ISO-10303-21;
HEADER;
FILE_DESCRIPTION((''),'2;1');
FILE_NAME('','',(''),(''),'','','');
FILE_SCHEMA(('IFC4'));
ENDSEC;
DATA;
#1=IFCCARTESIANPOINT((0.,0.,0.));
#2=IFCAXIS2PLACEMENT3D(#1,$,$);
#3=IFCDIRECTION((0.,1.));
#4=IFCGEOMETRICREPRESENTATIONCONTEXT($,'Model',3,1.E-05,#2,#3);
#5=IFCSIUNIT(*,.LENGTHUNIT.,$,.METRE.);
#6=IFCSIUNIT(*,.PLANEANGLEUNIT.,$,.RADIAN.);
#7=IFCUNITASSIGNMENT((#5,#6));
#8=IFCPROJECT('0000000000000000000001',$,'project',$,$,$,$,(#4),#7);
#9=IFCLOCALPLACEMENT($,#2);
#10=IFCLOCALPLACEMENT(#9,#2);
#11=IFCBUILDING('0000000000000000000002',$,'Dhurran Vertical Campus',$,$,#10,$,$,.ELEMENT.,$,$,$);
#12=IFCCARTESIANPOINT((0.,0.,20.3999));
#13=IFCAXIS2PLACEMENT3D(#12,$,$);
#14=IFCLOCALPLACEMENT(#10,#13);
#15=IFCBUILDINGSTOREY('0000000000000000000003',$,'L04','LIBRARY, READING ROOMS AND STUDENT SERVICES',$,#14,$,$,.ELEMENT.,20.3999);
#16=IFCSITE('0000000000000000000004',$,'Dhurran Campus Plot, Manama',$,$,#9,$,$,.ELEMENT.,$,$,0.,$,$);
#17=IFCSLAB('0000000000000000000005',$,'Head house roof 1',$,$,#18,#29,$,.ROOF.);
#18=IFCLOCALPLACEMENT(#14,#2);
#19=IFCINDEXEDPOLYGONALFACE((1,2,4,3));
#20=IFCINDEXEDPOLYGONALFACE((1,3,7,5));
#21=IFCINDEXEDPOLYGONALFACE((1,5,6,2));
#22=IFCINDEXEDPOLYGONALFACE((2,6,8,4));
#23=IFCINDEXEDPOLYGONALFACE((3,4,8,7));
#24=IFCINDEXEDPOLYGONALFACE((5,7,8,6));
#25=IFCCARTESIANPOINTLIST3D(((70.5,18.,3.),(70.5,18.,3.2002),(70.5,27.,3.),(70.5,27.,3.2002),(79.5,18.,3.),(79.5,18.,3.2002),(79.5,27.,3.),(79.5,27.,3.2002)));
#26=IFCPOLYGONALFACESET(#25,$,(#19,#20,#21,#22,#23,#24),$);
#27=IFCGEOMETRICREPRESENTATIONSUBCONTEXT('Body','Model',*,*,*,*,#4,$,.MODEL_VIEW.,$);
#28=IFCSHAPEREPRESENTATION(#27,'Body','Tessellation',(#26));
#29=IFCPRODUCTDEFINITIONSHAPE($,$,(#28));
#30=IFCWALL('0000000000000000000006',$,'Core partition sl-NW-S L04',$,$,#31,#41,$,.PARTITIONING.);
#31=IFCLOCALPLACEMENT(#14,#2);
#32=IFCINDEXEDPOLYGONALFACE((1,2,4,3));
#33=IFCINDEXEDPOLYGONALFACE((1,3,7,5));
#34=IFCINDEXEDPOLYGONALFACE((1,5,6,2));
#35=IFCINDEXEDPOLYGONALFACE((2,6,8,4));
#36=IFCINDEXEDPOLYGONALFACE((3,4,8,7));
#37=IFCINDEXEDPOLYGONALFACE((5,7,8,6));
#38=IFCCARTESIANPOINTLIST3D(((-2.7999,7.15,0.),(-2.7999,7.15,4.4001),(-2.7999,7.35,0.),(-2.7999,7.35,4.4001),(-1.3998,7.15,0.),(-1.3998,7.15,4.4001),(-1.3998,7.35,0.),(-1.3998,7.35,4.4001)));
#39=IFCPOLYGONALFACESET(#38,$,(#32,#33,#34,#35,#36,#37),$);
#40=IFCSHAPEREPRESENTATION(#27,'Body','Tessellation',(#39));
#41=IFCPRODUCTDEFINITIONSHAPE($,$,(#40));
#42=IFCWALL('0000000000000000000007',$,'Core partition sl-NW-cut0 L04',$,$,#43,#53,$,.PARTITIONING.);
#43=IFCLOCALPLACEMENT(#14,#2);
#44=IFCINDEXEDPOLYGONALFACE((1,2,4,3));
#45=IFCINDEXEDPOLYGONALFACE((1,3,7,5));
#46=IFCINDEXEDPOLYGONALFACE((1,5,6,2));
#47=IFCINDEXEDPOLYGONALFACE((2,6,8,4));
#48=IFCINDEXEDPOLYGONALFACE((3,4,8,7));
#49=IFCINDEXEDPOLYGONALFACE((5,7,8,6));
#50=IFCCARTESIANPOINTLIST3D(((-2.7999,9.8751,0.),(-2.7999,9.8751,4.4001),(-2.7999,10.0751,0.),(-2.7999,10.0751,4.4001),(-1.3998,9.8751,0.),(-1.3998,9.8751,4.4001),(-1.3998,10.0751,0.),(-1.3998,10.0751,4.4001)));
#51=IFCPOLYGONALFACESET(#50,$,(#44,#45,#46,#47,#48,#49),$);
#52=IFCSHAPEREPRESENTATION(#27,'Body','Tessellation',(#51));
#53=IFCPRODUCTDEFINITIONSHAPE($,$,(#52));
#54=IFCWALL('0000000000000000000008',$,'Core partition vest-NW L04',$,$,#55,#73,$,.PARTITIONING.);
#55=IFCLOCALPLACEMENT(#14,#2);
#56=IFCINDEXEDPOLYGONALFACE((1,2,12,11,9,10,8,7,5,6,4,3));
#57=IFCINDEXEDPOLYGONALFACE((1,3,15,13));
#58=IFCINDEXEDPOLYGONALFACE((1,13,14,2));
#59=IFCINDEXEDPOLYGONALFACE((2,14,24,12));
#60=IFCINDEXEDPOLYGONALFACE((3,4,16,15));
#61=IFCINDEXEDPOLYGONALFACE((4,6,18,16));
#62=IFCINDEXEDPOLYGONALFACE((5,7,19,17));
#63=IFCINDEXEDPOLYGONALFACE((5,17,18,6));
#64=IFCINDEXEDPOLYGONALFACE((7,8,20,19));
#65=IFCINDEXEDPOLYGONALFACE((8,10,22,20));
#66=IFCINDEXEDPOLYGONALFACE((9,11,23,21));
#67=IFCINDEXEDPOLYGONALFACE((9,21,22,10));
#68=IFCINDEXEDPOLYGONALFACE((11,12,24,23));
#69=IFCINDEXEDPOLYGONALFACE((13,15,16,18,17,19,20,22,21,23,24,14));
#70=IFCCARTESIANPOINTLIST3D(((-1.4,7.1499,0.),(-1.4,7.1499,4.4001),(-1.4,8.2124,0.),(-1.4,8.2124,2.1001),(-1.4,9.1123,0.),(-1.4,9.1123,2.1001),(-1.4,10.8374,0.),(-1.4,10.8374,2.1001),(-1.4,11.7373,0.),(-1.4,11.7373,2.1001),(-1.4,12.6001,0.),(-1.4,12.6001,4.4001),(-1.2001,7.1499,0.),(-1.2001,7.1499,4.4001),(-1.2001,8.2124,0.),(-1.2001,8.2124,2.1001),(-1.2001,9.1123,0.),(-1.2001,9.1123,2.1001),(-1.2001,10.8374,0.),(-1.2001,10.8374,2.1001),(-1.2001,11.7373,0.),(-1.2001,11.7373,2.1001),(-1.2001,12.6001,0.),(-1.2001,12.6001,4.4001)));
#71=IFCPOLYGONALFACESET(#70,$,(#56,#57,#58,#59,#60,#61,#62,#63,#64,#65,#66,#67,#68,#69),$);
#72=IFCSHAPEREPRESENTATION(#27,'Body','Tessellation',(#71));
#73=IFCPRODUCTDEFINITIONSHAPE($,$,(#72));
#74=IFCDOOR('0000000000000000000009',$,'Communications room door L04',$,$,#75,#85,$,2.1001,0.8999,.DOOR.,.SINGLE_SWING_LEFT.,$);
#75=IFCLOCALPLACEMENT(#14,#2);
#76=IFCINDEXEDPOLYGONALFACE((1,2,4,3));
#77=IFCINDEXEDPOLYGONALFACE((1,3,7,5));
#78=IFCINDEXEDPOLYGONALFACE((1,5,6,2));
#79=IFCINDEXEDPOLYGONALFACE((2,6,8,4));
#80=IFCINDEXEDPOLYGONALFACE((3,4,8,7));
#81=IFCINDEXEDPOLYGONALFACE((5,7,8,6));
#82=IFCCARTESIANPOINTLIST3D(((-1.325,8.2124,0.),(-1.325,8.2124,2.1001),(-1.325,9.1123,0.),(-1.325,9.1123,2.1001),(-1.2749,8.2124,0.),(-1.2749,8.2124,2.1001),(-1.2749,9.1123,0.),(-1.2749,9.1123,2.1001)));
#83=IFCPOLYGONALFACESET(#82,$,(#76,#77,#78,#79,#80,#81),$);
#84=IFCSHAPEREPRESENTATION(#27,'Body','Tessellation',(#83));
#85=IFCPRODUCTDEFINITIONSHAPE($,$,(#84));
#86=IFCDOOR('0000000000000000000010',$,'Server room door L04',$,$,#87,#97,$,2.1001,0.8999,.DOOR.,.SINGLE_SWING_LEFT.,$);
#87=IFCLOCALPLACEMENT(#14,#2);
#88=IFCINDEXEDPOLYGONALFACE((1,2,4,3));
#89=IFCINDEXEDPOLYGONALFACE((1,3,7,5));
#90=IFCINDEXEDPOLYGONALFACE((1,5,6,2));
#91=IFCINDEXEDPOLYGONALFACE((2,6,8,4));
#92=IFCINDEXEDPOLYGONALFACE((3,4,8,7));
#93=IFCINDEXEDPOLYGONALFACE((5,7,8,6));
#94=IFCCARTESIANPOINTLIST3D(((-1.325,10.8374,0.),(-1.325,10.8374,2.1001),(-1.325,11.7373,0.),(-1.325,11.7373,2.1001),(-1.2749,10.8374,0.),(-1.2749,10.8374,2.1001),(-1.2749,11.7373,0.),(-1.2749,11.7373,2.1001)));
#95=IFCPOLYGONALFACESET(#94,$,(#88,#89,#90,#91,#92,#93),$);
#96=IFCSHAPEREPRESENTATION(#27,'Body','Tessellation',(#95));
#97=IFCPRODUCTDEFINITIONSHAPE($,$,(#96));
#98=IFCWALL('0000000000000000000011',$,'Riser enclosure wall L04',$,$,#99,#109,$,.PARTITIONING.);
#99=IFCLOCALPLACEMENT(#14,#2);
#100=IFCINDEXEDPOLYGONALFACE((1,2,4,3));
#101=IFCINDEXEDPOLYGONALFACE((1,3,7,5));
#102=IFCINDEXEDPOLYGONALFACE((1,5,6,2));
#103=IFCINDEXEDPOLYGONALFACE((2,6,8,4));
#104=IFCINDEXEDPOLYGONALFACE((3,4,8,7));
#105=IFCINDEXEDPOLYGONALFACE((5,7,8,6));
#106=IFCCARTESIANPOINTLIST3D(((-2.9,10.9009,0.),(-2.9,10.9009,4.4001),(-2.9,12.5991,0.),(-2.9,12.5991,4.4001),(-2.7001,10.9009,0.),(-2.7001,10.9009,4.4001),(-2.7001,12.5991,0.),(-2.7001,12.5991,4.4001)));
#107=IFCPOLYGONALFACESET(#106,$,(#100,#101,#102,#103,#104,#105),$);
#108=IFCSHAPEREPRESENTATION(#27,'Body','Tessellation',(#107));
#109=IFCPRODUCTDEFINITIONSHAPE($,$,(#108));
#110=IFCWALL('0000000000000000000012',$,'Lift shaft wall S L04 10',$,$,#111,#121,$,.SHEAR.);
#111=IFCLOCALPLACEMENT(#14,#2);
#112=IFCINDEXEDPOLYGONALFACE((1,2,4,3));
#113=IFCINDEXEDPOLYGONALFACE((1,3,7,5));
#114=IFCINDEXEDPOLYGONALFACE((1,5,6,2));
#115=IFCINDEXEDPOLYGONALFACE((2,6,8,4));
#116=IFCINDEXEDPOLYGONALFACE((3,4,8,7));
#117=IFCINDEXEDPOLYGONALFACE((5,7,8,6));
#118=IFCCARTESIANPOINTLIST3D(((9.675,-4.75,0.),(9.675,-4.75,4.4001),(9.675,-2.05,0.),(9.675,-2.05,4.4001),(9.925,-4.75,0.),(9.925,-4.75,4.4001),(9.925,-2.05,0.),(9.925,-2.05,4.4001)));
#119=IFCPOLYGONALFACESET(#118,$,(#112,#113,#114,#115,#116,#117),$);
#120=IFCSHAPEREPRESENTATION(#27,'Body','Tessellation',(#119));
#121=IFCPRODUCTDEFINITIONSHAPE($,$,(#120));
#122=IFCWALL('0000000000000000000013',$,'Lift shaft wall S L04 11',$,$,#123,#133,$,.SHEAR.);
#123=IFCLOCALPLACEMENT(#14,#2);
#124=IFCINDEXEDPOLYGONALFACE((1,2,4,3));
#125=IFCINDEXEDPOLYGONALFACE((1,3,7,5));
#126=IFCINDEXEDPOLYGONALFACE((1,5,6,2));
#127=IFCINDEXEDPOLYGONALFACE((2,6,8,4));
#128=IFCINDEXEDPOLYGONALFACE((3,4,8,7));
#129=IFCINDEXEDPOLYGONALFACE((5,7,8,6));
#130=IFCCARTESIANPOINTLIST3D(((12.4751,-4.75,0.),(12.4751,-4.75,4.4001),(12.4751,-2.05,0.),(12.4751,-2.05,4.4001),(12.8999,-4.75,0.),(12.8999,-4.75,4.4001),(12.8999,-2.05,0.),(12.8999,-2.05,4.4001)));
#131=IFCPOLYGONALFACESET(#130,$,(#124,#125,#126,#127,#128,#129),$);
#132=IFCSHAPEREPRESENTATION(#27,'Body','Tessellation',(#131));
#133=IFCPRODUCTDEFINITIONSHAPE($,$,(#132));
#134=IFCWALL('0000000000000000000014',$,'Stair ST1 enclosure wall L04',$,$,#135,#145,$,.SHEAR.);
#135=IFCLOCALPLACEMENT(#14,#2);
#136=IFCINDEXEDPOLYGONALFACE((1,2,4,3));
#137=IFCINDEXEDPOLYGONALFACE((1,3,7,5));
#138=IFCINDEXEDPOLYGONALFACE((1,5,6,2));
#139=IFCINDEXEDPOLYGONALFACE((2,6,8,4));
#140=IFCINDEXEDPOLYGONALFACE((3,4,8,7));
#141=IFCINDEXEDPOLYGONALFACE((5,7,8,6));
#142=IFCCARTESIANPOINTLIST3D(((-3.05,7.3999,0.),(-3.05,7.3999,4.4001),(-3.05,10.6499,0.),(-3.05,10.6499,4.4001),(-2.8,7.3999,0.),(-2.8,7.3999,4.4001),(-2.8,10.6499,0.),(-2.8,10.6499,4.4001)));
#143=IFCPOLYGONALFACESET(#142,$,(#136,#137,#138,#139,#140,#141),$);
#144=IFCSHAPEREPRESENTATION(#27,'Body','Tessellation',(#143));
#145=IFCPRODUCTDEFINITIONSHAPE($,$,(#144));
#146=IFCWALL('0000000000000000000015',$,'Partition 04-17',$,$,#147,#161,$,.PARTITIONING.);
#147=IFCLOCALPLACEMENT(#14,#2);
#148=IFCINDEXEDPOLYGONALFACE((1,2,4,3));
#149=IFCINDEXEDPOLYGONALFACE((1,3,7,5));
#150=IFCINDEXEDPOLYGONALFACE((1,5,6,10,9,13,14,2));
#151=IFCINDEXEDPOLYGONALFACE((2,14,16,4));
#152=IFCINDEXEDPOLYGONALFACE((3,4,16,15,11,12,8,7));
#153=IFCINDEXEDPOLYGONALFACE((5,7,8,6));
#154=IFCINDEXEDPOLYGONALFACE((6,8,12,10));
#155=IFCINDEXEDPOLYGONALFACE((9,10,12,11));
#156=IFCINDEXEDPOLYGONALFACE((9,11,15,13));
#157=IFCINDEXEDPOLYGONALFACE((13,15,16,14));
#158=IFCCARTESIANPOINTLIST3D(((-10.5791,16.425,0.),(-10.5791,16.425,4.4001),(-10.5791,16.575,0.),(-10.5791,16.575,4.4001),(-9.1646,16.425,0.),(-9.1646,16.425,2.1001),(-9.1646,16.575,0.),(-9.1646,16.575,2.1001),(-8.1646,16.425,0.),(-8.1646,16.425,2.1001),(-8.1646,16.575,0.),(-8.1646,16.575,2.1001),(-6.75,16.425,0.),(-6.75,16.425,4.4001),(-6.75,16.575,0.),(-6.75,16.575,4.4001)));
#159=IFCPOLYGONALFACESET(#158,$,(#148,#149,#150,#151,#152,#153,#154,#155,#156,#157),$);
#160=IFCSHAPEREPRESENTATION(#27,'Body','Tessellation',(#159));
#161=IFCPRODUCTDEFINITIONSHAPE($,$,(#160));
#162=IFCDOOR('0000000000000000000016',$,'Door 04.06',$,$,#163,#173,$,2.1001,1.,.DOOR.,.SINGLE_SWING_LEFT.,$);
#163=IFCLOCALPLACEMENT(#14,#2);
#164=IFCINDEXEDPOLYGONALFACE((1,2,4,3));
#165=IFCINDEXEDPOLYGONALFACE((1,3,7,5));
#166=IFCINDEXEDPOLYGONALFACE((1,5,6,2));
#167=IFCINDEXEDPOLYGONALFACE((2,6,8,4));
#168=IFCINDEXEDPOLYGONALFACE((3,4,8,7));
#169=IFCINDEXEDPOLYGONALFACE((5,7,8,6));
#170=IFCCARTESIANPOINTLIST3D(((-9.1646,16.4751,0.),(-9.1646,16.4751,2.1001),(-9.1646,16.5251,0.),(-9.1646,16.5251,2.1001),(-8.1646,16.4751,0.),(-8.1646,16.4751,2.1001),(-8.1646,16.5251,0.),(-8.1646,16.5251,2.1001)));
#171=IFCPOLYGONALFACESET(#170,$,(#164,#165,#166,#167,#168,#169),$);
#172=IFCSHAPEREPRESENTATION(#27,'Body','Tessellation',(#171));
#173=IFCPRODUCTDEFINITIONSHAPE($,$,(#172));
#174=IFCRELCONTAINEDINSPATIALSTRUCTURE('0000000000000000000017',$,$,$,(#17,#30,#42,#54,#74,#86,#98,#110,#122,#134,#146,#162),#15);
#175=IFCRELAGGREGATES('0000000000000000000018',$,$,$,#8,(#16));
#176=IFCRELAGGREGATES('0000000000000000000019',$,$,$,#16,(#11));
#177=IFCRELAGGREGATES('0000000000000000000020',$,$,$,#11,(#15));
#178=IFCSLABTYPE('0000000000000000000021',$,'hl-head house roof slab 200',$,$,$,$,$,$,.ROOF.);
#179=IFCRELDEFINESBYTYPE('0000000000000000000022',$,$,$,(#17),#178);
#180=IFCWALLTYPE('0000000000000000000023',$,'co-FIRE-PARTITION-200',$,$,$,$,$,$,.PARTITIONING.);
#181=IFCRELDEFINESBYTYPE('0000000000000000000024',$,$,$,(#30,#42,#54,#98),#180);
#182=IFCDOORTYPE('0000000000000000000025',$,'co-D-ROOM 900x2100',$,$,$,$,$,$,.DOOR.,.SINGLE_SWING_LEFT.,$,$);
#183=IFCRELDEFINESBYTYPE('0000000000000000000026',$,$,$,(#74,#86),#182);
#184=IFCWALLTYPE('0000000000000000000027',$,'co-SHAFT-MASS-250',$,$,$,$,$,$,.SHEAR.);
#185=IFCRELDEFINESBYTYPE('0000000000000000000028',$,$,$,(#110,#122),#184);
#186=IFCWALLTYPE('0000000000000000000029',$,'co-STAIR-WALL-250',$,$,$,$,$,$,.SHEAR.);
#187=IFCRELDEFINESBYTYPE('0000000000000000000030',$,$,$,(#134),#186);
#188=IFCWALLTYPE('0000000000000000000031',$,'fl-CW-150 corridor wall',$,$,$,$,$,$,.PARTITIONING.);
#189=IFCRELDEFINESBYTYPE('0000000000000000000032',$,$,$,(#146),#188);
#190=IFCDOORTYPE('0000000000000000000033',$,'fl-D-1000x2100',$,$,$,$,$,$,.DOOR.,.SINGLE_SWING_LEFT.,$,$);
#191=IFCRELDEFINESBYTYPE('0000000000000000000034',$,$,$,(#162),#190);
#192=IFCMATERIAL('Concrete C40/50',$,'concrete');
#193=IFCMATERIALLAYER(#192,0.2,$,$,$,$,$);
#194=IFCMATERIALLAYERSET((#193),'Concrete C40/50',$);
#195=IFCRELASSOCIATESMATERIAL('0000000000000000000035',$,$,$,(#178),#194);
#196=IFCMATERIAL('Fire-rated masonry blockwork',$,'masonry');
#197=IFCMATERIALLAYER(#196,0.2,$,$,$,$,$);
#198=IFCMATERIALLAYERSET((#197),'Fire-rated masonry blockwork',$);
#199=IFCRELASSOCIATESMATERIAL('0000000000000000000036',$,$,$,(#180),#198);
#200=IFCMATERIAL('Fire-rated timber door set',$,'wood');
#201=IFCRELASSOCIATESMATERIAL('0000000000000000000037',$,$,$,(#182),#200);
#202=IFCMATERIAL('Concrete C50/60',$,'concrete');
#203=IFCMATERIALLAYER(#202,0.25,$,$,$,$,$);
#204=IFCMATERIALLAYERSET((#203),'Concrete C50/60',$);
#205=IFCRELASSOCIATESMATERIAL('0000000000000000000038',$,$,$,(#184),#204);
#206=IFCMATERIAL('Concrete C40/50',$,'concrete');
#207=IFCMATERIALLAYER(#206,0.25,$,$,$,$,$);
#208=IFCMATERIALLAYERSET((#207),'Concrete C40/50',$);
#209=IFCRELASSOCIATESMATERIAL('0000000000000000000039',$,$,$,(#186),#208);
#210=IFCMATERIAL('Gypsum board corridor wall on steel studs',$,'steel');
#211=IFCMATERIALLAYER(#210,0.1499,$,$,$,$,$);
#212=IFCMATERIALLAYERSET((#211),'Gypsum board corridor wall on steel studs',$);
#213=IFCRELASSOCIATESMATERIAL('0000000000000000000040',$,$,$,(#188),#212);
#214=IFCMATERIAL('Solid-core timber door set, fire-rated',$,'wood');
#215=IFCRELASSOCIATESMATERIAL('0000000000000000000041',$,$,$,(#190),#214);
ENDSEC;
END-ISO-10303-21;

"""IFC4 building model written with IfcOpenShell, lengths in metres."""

from ifc_helpers import new_model, si_unit, direction, frame, frame_2d, origin, place, context, subcontext, project, spatial, polyline, rectangle, outline, extrude, material, layer, layer_set, type_object, element, fill, save


model = new_model("IFC4")

# Units and contexts
model_context = context("Model", 3, precision=1e-05, world=origin(), true_north=direction((0.0, 1.0)))
body_context = subcontext(model_context, "Body", "Model", "MODEL_VIEW")
ifc_project = project(units=[si_unit("LENGTHUNIT", "METRE"), si_unit("PLANEANGLEUNIT", "RADIAN")], contexts=[model_context])

# Site, building, storey
site_placement = place(None, origin())
site = spatial("IfcSite", under=ifc_project, at=site_placement, Name="Dhurran Campus Plot, Manama", CompositionType="ELEMENT", RefElevation=0.0)
building_placement = place(site_placement, origin())
building = spatial("IfcBuilding", under=site, at=building_placement, Name="Dhurran Vertical Campus", CompositionType="ELEMENT")
storey_placement = place(building_placement, frame((0.0, 0.0, 20.3999)))
storey = spatial("IfcBuildingStorey", under=building, at=storey_placement, Name="L04", Description="LIBRARY, READING ROOMS AND STUDENT SERVICES", CompositionType="ELEMENT", Elevation=20.3999)

# Slab
ifc_material_1 = material(Name="Concrete C40/50", Category="concrete")
ifc_layer_1 = layer(ifc_material_1, 0.2)
ifc_layer_set_1 = layer_set([ifc_layer_1], Name="Concrete C40/50")
slab_type_1 = type_object("IfcSlabType", Name="hl-head house roof slab 200", PredefinedType="ROOF", material=ifc_layer_set_1)
slab_1_placement = place(storey_placement, frame((0.0, 0.0, 3.0)))
element("IfcSlab", 1, at=slab_1_placement, inside=storey, type_object=slab_type_1, Name="Head house roof 1", PredefinedType="ROOF", context=body_context, shape_type="SweptSolid", body=[
    extrude(outline(polyline([(79.5, 27.0), (70.5, 27.0), (70.5, 18.0), (79.5, 18.0), (79.5, 27.0)])), origin(), (0.0, 0.0, 1.0), 0.2002),
])

# Walls
ifc_material_2 = material(Name="Fire-rated masonry blockwork", Category="masonry")
ifc_layer_2 = layer(ifc_material_2, 0.2)
ifc_layer_set_2 = layer_set([ifc_layer_2], Name="Fire-rated masonry blockwork")
wall_type_1 = type_object("IfcWallType", Name="co-FIRE-PARTITION-200", PredefinedType="PARTITIONING", material=ifc_layer_set_2)
for number, where, z_axis, x_axis, name in (
    (2, (-2.8, 7.25, 0.0), (0.0, 0.0, 1.0), (1.0, 0.0, 0.0), "Core partition sl-NW-S L04"),
    (3, (-2.8, 9.9751, 0.0), (0.0, 0.0, 1.0), (1.0, 0.0, 0.0), "Core partition sl-NW-cut0 L04"),
):
    element("IfcWall", number, at=place(storey_placement, frame(where, z_axis=z_axis, x_axis=x_axis)), inside=storey, type_object=wall_type_1, Name=name, PredefinedType="PARTITIONING", context=body_context, shape_type="SweptSolid", body=[
        extrude(rectangle(XDim=1.4001, YDim=0.2, at=frame_2d((0.7002, 0.0))), origin(), (0.0, 0.0, 1.0), 4.4001),
    ])

# Wall, openings, doors
wall_1_placement = place(storey_placement, frame((-1.3, 7.1499, 0.0), z_axis=(0.0, 0.0, 1.0), x_axis=(0.0, 1.0, 0.0)))
wall_1 = element("IfcWall", 4, at=wall_1_placement, inside=storey, type_object=wall_type_1, Name="Core partition vest-NW L04", PredefinedType="PARTITIONING", context=body_context, shape_type="SweptSolid", body=[
    extrude(rectangle(XDim=5.4502, YDim=0.2, at=frame_2d((2.7251, 0.0))), origin(), (0.0, 0.0, 1.0), 4.4001),
])
opening_1_placement = place(wall_1_placement, frame((1.0625, 0.0, 0.0)))
opening_1 = element("IfcOpeningElement", 5, at=opening_1_placement, cuts=wall_1, PredefinedType="OPENING", context=body_context, shape_type="SweptSolid", body=[
    extrude(rectangle(XDim=0.8999, YDim=2.1001, at=frame_2d((0.45, 1.05))), frame((0.0, 0.1099, 0.0), z_axis=(0.0, -1.0, 0.0), x_axis=(1.0, 0.0, 0.0)), (0.0, 0.0, 1.0), 0.22),
])
opening_2_placement = place(wall_1_placement, frame((3.6875, 0.0, 0.0)))
opening_2 = element("IfcOpeningElement", 6, at=opening_2_placement, cuts=wall_1, PredefinedType="OPENING", context=body_context, shape_type="SweptSolid", body=[
    extrude(rectangle(XDim=0.8999, YDim=2.1001, at=frame_2d((0.45, 1.05))), frame((0.0, 0.1099, 0.0), z_axis=(0.0, -1.0, 0.0), x_axis=(1.0, 0.0, 0.0)), (0.0, 0.0, 1.0), 0.22),
])
ifc_material_3 = material(Name="Fire-rated timber door set", Category="wood")
door_type_1 = type_object("IfcDoorType", Name="co-D-ROOM 900x2100", OperationType="SINGLE_SWING_LEFT", PredefinedType="DOOR", material=ifc_material_3)
door_1_placement = place(opening_1_placement, origin())
door_1 = element("IfcDoor", 7, at=door_1_placement, inside=storey, type_object=door_type_1, Name="Communications room door L04", OperationType="SINGLE_SWING_LEFT", OverallHeight=2.1001, OverallWidth=0.8999, PredefinedType="DOOR", context=body_context, shape_type="SweptSolid", body=[
    extrude(rectangle(XDim=0.8999, YDim=2.1001, at=frame_2d((0.45, 1.05))), frame((0.0, 0.0249, 0.0), z_axis=(0.0, -1.0, 0.0), x_axis=(1.0, 0.0, 0.0)), (0.0, 0.0, 1.0), 0.05),
])
fill(opening_1, door_1)
door_2_placement = place(opening_2_placement, origin())
door_2 = element("IfcDoor", 8, at=door_2_placement, inside=storey, type_object=door_type_1, Name="Server room door L04", OperationType="SINGLE_SWING_LEFT", OverallHeight=2.1001, OverallWidth=0.8999, PredefinedType="DOOR", context=body_context, shape_type="SweptSolid", body=[
    extrude(rectangle(XDim=0.8999, YDim=2.1001, at=frame_2d((0.45, 1.05))), frame((0.0, 0.0249, 0.0), z_axis=(0.0, -1.0, 0.0), x_axis=(1.0, 0.0, 0.0)), (0.0, 0.0, 1.0), 0.05),
])
fill(opening_2, door_2)

# Walls
wall_2_placement = place(storey_placement, frame((-2.8, 10.9009, 0.0), z_axis=(0.0, 0.0, 1.0), x_axis=(0.0, 1.0, 0.0)))
element("IfcWall", 9, at=wall_2_placement, inside=storey, type_object=wall_type_1, Name="Riser enclosure wall L04", PredefinedType="PARTITIONING", context=body_context, shape_type="SweptSolid", body=[
    extrude(rectangle(XDim=1.6982, YDim=0.2, at=frame_2d((0.8491, 0.0))), origin(), (0.0, 0.0, 1.0), 4.4001),
])
ifc_material_4 = material(Name="Concrete C50/60", Category="concrete")
ifc_layer_3 = layer(ifc_material_4, 0.25)
ifc_layer_set_3 = layer_set([ifc_layer_3], Name="Concrete C50/60")
wall_type_2 = type_object("IfcWallType", Name="co-SHAFT-MASS-250", PredefinedType="SHEAR", material=ifc_layer_set_3)
wall_3_placement = place(storey_placement, origin())
element("IfcWall", 10, at=wall_3_placement, inside=storey, type_object=wall_type_2, Name="Lift shaft wall S L04 10", PredefinedType="SHEAR", context=body_context, shape_type="SweptSolid", body=[
    extrude(outline(polyline([(9.675, -4.75), (9.925, -4.75), (9.925, -2.05), (9.675, -2.05), (9.675, -4.75)])), origin(), (0.0, 0.0, 1.0), 4.4001),
])
wall_4_placement = place(storey_placement, origin())
element("IfcWall", 11, at=wall_4_placement, inside=storey, type_object=wall_type_2, Name="Lift shaft wall S L04 11", PredefinedType="SHEAR", context=body_context, shape_type="SweptSolid", body=[
    extrude(outline(polyline([(12.4751, -4.75), (12.8999, -4.75), (12.8999, -2.05), (12.4751, -2.05), (12.4751, -4.75)])), origin(), (0.0, 0.0, 1.0), 4.4001),
])
ifc_material_5 = material(Name="Concrete C40/50", Category="concrete")
ifc_layer_4 = layer(ifc_material_5, 0.25)
ifc_layer_set_4 = layer_set([ifc_layer_4], Name="Concrete C40/50")
wall_type_3 = type_object("IfcWallType", Name="co-STAIR-WALL-250", PredefinedType="SHEAR", material=ifc_layer_set_4)
wall_5_placement = place(storey_placement, frame((-2.925, 7.3999, 0.0), z_axis=(0.0, 0.0, 1.0), x_axis=(0.0, 1.0, 0.0)))
element("IfcWall", 12, at=wall_5_placement, inside=storey, type_object=wall_type_3, Name="Stair ST1 enclosure wall L04", PredefinedType="SHEAR", context=body_context, shape_type="SweptSolid", body=[
    extrude(rectangle(XDim=3.25, YDim=0.25, at=frame_2d((1.625, 0.0))), origin(), (0.0, 0.0, 1.0), 4.4001),
])

# Wall, opening, door
ifc_material_6 = material(Name="Gypsum board corridor wall on steel studs", Category="steel")
ifc_layer_5 = layer(ifc_material_6, 0.1499)
ifc_layer_set_5 = layer_set([ifc_layer_5], Name="Gypsum board corridor wall on steel studs")
wall_type_4 = type_object("IfcWallType", Name="fl-CW-150 corridor wall", PredefinedType="PARTITIONING", material=ifc_layer_set_5)
wall_6_placement = place(storey_placement, frame((-6.75, 16.5, 0.0), z_axis=(0.0, 0.0, 1.0), x_axis=(-1.0, 0.0, 0.0)))
wall_6 = element("IfcWall", 13, at=wall_6_placement, inside=storey, type_object=wall_type_4, Name="Partition 04-17", PredefinedType="PARTITIONING", context=body_context, shape_type="SweptSolid", body=[
    extrude(rectangle(XDim=3.8291, YDim=0.1499, at=frame_2d((1.9146, 0.0))), origin(), (0.0, 0.0, 1.0), 4.4001),
])
opening_3_placement = place(wall_6_placement, frame((1.4146, 0.0, 0.0)))
opening_3 = element("IfcOpeningElement", 14, at=opening_3_placement, cuts=wall_6, PredefinedType="OPENING", context=body_context, shape_type="SweptSolid", body=[
    extrude(rectangle(XDim=1.0, YDim=2.1001, at=frame_2d((0.5, 1.05))), frame((0.0, 0.085, 0.0), z_axis=(0.0, -1.0, 0.0), x_axis=(1.0, 0.0, 0.0)), (0.0, 0.0, 1.0), 0.1699),
])
ifc_material_7 = material(Name="Solid-core timber door set, fire-rated", Category="wood")
door_type_2 = type_object("IfcDoorType", Name="fl-D-1000x2100", OperationType="SINGLE_SWING_LEFT", PredefinedType="DOOR", material=ifc_material_7)
door_3_placement = place(opening_3_placement, origin())
door_3 = element("IfcDoor", 15, at=door_3_placement, inside=storey, type_object=door_type_2, Name="Door 04.06", OperationType="SINGLE_SWING_LEFT", OverallHeight=2.1001, OverallWidth=1.0, PredefinedType="DOOR", context=body_context, shape_type="SweptSolid", body=[
    extrude(rectangle(XDim=1.0, YDim=2.1001, at=frame_2d((0.5, 1.05))), frame((0.0, 0.0249, 0.0), z_axis=(0.0, -1.0, 0.0), x_axis=(1.0, 0.0, 0.0)), (0.0, 0.0, 1.0), 0.05),
])
fill(opening_3, door_3)

save(model, "model.ifc")
